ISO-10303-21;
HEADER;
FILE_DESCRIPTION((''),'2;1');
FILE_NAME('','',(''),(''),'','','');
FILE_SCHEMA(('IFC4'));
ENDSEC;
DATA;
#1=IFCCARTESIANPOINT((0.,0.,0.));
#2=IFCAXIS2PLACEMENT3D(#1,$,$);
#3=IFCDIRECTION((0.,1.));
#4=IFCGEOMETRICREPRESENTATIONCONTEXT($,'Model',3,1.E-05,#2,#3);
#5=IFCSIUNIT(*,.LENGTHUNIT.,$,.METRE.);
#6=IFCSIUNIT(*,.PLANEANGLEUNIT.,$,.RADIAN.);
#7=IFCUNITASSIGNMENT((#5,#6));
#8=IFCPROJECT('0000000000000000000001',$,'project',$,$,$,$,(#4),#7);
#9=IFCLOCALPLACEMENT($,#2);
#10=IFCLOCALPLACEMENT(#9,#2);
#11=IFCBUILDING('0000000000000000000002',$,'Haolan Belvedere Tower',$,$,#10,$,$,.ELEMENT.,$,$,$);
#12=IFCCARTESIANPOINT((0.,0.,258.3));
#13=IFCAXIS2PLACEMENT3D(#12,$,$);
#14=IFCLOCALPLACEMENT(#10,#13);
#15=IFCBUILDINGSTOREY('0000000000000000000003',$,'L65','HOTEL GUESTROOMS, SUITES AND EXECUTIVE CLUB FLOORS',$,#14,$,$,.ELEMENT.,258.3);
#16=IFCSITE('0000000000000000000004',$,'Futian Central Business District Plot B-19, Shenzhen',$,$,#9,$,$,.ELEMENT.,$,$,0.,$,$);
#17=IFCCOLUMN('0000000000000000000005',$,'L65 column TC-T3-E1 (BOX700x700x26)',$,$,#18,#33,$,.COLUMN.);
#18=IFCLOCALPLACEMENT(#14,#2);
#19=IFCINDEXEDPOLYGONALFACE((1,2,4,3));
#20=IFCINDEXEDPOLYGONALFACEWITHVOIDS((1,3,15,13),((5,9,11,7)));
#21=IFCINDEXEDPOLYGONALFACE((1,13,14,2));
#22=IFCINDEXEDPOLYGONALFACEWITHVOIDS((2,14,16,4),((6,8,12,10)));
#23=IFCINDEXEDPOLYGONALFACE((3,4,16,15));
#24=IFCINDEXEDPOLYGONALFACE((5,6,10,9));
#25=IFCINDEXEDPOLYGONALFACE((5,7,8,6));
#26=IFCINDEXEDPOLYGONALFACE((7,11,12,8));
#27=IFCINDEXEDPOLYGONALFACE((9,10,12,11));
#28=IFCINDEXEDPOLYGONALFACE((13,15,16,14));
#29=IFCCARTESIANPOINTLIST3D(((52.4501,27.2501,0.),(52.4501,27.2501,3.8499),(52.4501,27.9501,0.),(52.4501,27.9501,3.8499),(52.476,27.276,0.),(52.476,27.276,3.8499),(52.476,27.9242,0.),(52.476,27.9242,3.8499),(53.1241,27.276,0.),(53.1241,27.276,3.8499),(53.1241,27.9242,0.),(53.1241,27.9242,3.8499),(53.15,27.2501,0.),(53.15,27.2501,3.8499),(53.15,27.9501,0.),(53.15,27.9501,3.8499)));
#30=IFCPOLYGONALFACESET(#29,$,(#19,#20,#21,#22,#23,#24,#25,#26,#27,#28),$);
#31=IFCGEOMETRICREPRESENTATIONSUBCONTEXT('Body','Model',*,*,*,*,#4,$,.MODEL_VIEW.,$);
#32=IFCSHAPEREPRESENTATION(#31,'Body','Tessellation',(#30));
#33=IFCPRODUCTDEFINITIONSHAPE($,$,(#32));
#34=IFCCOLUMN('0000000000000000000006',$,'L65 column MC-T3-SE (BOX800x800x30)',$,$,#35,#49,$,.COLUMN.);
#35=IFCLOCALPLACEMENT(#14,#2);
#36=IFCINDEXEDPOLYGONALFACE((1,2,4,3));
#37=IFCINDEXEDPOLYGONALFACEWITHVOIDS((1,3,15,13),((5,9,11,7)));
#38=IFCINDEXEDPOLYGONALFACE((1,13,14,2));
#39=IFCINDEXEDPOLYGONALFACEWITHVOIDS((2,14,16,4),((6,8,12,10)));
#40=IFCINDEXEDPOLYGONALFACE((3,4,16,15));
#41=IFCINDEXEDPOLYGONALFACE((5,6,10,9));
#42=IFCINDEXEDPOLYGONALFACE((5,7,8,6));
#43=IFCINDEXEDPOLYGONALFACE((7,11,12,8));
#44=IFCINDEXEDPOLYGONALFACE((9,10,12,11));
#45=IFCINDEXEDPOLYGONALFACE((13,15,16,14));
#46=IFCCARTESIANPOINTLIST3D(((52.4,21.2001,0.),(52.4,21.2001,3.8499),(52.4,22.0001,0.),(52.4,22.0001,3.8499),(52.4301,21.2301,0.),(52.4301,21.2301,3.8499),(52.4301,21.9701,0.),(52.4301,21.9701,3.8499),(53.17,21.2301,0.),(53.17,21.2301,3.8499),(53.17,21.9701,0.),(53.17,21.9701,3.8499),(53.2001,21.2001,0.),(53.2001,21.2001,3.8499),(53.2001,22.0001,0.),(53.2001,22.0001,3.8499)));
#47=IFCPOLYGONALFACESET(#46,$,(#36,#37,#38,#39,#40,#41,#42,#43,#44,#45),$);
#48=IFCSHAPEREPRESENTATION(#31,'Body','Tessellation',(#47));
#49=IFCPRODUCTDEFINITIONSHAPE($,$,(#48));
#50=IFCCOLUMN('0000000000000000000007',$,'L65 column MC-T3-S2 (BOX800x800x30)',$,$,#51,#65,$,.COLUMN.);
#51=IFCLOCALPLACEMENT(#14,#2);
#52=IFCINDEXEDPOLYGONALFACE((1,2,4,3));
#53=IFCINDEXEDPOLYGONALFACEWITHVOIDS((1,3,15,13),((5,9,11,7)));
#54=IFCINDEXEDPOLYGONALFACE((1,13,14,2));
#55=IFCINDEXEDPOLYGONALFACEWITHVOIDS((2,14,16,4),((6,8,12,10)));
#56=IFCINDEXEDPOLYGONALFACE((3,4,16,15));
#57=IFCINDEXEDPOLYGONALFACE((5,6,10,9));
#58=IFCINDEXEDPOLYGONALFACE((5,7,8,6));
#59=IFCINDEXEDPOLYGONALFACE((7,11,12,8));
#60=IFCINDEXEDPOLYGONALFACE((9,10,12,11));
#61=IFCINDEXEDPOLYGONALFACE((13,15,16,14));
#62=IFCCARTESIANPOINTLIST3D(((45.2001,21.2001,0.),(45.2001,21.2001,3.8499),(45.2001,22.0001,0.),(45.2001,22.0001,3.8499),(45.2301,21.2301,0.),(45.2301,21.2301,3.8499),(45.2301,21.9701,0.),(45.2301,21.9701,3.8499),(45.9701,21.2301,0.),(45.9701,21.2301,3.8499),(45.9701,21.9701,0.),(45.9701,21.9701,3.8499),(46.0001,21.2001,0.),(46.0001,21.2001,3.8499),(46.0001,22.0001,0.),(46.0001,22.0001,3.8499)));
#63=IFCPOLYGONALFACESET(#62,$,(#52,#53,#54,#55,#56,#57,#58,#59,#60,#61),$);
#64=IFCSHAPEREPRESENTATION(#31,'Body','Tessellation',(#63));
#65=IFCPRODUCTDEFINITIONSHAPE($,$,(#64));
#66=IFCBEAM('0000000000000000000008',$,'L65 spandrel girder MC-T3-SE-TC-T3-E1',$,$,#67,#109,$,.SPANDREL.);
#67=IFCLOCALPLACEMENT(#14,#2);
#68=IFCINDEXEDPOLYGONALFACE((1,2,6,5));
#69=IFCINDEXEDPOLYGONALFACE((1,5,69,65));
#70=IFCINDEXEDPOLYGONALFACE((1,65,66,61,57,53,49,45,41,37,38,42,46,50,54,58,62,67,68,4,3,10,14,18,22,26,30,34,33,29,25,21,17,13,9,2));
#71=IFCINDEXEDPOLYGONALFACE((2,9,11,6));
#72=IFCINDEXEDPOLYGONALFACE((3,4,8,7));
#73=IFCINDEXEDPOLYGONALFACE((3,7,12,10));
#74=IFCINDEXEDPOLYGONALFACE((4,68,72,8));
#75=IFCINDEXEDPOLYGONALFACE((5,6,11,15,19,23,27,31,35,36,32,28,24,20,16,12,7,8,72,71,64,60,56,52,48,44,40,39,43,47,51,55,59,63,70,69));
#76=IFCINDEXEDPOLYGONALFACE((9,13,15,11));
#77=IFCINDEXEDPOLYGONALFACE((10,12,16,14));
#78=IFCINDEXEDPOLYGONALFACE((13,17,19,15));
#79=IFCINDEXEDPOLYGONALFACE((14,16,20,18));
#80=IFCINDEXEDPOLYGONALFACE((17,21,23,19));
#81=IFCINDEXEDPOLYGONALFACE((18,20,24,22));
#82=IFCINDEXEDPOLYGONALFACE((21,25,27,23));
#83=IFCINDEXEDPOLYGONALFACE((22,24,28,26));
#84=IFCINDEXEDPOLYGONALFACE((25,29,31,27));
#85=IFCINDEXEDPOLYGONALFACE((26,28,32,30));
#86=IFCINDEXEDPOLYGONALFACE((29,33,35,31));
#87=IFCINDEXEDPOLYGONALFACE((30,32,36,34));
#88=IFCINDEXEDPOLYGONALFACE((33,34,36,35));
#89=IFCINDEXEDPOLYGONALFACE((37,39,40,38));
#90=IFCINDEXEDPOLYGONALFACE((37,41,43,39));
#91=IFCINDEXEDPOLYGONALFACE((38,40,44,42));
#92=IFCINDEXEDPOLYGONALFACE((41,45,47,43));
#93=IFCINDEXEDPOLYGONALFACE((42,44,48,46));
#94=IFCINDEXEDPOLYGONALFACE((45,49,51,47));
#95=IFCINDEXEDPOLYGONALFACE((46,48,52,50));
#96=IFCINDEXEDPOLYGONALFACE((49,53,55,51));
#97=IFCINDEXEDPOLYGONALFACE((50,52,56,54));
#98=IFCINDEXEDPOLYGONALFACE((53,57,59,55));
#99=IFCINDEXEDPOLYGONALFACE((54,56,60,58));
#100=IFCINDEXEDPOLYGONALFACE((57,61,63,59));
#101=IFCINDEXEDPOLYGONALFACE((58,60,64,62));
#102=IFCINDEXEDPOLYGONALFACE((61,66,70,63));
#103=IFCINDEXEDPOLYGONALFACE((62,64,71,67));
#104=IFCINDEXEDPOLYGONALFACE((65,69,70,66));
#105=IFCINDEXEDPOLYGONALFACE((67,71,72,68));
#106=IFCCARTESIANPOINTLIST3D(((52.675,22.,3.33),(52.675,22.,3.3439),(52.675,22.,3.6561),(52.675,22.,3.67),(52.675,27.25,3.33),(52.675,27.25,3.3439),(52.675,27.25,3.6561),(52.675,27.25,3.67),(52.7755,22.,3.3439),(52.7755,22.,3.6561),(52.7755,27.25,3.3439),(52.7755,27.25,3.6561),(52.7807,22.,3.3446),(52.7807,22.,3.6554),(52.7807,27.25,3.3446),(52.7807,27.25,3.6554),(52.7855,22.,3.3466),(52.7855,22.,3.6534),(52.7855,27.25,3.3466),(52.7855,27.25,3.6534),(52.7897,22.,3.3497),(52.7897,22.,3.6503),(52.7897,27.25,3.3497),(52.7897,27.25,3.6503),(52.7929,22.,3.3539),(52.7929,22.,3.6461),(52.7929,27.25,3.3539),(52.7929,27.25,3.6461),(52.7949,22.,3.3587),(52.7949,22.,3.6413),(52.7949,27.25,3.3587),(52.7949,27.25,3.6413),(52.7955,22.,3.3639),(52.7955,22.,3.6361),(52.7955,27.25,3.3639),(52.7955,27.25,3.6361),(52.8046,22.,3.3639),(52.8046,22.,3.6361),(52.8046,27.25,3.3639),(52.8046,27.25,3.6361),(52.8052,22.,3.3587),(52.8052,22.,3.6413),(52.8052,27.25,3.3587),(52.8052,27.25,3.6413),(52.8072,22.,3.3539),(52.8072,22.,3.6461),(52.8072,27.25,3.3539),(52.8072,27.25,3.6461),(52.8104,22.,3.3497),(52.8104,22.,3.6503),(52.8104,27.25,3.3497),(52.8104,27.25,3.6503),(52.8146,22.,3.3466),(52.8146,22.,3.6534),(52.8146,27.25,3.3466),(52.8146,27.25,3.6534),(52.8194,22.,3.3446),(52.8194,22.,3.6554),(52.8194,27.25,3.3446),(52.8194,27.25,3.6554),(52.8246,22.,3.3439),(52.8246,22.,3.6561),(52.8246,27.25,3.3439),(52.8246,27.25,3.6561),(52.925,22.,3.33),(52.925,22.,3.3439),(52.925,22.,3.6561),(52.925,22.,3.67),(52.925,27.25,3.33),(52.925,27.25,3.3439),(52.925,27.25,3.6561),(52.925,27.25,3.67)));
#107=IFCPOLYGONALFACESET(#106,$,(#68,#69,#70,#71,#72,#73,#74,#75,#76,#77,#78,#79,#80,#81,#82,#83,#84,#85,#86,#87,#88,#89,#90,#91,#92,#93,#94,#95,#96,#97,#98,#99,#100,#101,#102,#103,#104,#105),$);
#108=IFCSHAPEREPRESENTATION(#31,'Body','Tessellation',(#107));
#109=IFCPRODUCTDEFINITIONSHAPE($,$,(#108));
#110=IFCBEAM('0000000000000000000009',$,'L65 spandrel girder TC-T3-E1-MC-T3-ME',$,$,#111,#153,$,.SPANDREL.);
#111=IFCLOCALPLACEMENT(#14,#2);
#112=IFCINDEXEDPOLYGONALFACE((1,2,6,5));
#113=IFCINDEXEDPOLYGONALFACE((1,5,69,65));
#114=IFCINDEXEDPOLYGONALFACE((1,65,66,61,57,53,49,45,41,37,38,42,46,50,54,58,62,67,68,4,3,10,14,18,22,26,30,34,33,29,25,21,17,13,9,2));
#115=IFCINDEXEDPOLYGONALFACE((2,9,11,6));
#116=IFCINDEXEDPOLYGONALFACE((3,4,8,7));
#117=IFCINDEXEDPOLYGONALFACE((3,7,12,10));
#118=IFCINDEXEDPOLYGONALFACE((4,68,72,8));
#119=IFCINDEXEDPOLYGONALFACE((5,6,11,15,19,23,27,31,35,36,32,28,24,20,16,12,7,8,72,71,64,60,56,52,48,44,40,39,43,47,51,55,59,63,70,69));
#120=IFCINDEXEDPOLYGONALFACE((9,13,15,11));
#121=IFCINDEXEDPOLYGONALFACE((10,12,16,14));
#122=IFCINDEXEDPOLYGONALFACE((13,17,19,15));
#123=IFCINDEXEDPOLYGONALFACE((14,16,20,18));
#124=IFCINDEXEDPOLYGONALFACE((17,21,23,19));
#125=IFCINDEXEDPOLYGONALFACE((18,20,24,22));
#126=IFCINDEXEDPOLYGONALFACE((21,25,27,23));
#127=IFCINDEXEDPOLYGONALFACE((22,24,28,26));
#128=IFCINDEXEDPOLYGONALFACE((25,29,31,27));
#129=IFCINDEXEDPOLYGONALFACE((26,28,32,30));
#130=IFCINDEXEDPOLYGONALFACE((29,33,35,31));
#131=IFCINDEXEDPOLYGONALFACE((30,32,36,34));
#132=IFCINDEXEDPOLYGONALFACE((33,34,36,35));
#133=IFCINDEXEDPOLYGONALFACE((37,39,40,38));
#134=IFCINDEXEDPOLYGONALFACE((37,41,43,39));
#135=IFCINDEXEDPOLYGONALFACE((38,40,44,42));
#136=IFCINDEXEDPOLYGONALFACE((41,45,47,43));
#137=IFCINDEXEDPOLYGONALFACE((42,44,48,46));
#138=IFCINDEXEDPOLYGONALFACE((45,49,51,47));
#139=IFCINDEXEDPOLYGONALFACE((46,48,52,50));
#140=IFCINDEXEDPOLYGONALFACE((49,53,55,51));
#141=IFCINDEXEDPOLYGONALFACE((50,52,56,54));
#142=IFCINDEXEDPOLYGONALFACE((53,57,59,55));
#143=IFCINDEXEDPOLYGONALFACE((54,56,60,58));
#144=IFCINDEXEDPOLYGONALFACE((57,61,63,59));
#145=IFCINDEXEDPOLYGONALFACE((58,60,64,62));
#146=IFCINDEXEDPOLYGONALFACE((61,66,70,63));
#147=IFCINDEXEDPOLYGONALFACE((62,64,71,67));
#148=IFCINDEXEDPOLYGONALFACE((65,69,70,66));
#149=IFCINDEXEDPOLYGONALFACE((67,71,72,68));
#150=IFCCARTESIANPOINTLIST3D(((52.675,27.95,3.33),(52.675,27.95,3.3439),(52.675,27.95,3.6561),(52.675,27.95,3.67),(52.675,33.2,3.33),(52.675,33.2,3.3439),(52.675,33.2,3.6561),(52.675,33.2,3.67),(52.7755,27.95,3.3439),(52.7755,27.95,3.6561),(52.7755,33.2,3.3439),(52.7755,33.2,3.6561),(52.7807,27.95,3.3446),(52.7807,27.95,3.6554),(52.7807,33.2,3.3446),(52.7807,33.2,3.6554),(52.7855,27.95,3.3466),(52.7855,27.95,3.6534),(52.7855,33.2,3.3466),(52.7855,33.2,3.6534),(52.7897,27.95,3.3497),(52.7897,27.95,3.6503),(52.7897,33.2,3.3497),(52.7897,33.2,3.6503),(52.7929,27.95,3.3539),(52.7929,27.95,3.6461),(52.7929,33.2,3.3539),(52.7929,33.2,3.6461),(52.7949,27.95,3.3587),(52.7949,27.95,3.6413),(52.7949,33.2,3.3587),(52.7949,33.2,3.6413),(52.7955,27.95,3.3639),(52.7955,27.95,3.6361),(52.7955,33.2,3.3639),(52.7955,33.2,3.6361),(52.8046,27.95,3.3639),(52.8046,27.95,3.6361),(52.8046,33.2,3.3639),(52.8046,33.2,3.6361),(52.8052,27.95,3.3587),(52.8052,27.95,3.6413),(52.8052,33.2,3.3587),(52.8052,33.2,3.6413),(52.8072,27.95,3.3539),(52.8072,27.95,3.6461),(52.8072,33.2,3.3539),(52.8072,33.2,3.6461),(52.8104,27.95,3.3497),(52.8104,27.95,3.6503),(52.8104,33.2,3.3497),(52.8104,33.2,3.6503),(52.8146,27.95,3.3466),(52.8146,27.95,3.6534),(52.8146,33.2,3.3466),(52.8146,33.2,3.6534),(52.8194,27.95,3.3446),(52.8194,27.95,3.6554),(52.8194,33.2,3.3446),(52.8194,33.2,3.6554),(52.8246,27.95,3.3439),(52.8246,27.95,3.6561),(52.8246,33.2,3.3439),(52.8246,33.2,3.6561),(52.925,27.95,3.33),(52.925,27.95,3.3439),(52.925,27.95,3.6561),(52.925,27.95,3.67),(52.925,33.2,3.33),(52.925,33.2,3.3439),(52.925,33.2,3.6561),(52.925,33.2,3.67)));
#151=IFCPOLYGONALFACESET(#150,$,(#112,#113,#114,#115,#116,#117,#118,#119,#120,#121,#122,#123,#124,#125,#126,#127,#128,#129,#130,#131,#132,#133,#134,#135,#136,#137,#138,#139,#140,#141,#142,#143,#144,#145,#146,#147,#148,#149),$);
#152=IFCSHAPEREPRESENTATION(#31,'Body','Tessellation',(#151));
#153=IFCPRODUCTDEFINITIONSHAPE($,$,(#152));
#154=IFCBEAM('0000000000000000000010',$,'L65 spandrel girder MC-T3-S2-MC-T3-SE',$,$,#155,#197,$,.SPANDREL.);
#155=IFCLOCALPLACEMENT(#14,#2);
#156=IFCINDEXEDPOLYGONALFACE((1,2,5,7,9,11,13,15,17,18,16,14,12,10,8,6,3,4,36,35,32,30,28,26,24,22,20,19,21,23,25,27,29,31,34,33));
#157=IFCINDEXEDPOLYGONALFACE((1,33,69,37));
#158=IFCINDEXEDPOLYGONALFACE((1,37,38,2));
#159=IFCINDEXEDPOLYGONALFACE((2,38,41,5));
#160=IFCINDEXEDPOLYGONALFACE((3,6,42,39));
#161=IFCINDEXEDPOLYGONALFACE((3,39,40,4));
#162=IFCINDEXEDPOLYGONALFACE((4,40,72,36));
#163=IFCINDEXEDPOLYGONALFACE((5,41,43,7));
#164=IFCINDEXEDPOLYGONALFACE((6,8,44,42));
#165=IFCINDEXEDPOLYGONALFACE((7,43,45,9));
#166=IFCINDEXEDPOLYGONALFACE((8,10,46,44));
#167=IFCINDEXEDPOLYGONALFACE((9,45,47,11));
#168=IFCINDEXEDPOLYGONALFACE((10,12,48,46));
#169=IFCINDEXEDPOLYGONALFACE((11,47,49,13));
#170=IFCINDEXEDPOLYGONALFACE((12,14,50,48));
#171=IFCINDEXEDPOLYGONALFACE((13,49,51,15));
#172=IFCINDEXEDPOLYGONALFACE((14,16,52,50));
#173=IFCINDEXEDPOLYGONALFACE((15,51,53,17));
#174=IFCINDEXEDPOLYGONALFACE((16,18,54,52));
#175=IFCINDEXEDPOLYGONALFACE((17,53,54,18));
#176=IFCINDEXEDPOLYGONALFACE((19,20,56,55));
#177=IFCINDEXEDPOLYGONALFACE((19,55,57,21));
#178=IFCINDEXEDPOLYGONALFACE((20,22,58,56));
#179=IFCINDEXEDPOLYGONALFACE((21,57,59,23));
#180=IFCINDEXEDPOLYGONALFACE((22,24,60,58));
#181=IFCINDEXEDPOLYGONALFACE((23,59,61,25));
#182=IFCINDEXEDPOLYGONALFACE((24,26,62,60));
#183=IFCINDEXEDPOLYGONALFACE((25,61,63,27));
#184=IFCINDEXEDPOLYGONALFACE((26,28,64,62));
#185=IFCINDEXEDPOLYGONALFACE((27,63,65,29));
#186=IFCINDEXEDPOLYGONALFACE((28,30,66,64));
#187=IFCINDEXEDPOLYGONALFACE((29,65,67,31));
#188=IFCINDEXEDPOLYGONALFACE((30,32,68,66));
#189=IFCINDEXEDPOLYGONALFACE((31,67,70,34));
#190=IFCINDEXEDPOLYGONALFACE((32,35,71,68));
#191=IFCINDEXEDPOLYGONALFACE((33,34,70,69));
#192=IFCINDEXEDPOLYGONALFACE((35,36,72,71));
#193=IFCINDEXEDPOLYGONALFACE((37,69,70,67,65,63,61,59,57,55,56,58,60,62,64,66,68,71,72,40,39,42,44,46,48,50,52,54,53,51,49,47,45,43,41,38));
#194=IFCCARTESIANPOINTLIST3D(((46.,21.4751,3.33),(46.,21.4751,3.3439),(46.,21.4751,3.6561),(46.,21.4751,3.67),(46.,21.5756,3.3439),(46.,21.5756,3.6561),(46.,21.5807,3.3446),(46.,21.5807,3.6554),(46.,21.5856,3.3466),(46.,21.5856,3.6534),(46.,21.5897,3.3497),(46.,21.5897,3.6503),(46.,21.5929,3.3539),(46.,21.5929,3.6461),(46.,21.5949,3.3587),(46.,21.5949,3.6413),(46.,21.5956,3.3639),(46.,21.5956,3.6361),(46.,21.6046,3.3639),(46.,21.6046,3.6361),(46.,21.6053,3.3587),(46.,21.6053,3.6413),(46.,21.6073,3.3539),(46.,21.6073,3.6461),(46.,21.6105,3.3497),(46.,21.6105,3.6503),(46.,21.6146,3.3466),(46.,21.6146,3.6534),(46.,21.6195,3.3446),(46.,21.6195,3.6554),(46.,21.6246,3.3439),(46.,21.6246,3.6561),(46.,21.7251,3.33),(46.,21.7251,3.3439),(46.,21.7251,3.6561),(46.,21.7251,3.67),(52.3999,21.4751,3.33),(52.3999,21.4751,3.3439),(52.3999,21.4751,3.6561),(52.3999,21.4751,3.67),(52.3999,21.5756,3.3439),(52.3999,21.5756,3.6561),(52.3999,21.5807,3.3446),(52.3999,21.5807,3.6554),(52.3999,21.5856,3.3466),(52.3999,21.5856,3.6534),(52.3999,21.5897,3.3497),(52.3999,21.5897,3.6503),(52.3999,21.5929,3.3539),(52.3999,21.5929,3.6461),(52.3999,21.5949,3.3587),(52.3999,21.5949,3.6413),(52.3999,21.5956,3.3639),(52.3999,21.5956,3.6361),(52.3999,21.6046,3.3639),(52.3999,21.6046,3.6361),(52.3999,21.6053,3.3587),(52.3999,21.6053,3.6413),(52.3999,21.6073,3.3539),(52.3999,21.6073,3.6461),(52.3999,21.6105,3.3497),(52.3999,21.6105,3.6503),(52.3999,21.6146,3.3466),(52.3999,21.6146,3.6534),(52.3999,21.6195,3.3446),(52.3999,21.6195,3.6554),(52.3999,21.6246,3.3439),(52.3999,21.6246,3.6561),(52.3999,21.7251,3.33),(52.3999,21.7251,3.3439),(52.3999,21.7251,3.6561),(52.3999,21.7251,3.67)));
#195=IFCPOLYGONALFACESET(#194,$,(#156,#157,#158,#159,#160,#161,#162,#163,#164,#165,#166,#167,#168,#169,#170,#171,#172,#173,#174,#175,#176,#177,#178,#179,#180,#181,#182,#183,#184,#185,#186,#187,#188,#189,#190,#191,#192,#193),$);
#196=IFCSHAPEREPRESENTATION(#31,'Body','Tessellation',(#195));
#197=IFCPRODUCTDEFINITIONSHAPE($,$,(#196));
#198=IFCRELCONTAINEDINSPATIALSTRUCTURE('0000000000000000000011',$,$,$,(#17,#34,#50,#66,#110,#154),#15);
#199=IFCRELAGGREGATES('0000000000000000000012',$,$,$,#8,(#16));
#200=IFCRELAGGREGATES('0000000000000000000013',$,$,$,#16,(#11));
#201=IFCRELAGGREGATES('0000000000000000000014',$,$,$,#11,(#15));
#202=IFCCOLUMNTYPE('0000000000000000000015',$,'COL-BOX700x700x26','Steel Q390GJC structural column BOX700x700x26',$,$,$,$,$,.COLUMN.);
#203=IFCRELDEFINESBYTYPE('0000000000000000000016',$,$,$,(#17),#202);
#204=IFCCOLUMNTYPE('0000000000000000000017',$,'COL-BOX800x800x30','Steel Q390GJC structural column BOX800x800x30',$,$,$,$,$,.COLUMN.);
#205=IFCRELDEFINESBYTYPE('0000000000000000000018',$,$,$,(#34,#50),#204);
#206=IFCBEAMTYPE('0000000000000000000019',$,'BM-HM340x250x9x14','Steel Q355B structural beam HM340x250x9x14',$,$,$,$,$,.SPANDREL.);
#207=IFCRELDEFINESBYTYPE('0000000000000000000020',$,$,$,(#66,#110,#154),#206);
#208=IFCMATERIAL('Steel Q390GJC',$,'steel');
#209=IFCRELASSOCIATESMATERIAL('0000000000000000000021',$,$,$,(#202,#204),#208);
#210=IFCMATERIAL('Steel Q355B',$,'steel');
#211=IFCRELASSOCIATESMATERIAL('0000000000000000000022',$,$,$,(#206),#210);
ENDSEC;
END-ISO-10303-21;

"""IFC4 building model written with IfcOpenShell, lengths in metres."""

from ifc_helpers import new_model, si_unit, direction, frame, origin, origin_2d, place, context, subcontext, project, spatial, hollow_rectangle, i_section, extrude, material, material_profile, profile_set, type_object, element, save


model = new_model("IFC4")

# Units and contexts
model_context = context("Model", 3, precision=1e-05, world=origin(), true_north=direction((0.0, 1.0)))
body_context = subcontext(model_context, "Body", "Model", "MODEL_VIEW")
ifc_project = project(units=[si_unit("LENGTHUNIT", "METRE"), si_unit("PLANEANGLEUNIT", "RADIAN")], contexts=[model_context])

# Site, building, storey
site_placement = place(None, origin())
site = spatial("IfcSite", under=ifc_project, at=site_placement, Name="Futian Central Business District Plot B-19, Shenzhen", CompositionType="ELEMENT", RefElevation=0.0)
building_placement = place(site_placement, origin())
building = spatial("IfcBuilding", under=site, at=building_placement, Name="Haolan Belvedere Tower", CompositionType="ELEMENT")
storey_placement = place(building_placement, frame((0.0, 0.0, 258.3)))
storey = spatial("IfcBuildingStorey", under=building, at=storey_placement, Name="L65", Description="HOTEL GUESTROOMS, SUITES AND EXECUTIVE CLUB FLOORS", CompositionType="ELEMENT", Elevation=258.3)

# Columns
ifc_material_1 = material(Name="Steel Q390GJC", Category="steel")
ifc_material_profile_1 = material_profile(ifc_material_1, hollow_rectangle(XDim=0.7, YDim=0.7, WallThickness=0.0259, at=origin_2d()), Name="Steel Q390GJC")
ifc_profile_set_1 = profile_set([ifc_material_profile_1], Name="Steel Q390GJC")
column_type_1 = type_object("IfcColumnType", Name="COL-BOX700x700x26", Description="Steel Q390GJC structural column BOX700x700x26", PredefinedType="COLUMN", material=ifc_profile_set_1)
column_placement = place(storey_placement, frame((52.8, 27.6001, 0.0), z_axis=(0.0, 0.0, 1.0), x_axis=(1.0, 0.0, 0.0)))
element("IfcColumn", 1, at=column_placement, inside=storey, type_object=column_type_1, Name="L65 column TC-T3-E1 (BOX700x700x26)", PredefinedType="COLUMN", context=body_context, shape_type="SweptSolid", body=[
    extrude(hollow_rectangle(XDim=0.7, YDim=0.7, WallThickness=0.0259, at=origin_2d()), origin(), (0.0, 0.0, 1.0), 3.8499),
])
ifc_material_profile_2 = material_profile(ifc_material_1, hollow_rectangle(XDim=0.8, YDim=0.8, WallThickness=0.03, at=origin_2d()), Name="Steel Q390GJC")
ifc_profile_set_2 = profile_set([ifc_material_profile_2], Name="Steel Q390GJC")
column_type_2 = type_object("IfcColumnType", Name="COL-BOX800x800x30", Description="Steel Q390GJC structural column BOX800x800x30", PredefinedType="COLUMN", material=ifc_profile_set_2)
for number, where, z_axis, x_axis, name in (
    (2, (52.8, 21.6001, 0.0), (0.0, 0.0, 1.0), (1.0, 0.0, 0.0), "L65 column MC-T3-SE (BOX800x800x30)"),
    (3, (45.6001, 21.6001, 0.0), (0.0, 0.0, 1.0), (1.0, 0.0, 0.0), "L65 column MC-T3-S2 (BOX800x800x30)"),
):
    element("IfcColumn", number, at=place(storey_placement, frame(where, z_axis=z_axis, x_axis=x_axis)), inside=storey, type_object=column_type_2, Name=name, PredefinedType="COLUMN", context=body_context, shape_type="SweptSolid", body=[
        extrude(hollow_rectangle(XDim=0.8, YDim=0.8, WallThickness=0.03, at=origin_2d()), origin(), (0.0, 0.0, 1.0), 3.8499),
    ])

# Beams
ifc_material_2 = material(Name="Steel Q355B", Category="steel")
ifc_material_profile_3 = material_profile(ifc_material_2, i_section(OverallWidth=0.25, OverallDepth=0.3401, WebThickness=0.009, FlangeThickness=0.0139, FilletRadius=0.02, at=origin_2d()), Name="Steel Q355B")
ifc_profile_set_3 = profile_set([ifc_material_profile_3], Name="Steel Q355B")
beam_type_1 = type_object("IfcBeamType", Name="BM-HM340x250x9x14", Description="Steel Q355B structural beam HM340x250x9x14", PredefinedType="SPANDREL", material=ifc_profile_set_3)
for number, where, z_axis, x_axis, name in (
    (4, (52.8, 22.0, 3.5), (0.0, 1.0, 0.0), (-1.0, 0.0, 0.0), "L65 spandrel girder MC-T3-SE-TC-T3-E1"),
    (5, (52.8, 27.95, 3.5), (0.0, 1.0, 0.0), (-1.0, 0.0, 0.0), "L65 spandrel girder TC-T3-E1-MC-T3-ME"),
):
    element("IfcBeam", number, at=place(storey_placement, frame(where, z_axis=z_axis, x_axis=x_axis)), inside=storey, type_object=beam_type_1, Name=name, PredefinedType="SPANDREL", context=body_context, shape_type="SweptSolid", body=[
        extrude(i_section(OverallWidth=0.25, OverallDepth=0.3401, WebThickness=0.009, FlangeThickness=0.0139, FilletRadius=0.02, at=origin_2d()), origin(), (0.0, 0.0, 1.0), 5.25),
    ])
beam_1_placement = place(storey_placement, frame((46.0, 21.6001, 3.5), z_axis=(1.0, 0.0, 0.0), x_axis=(0.0, 1.0, 0.0)))
element("IfcBeam", 6, at=beam_1_placement, inside=storey, type_object=beam_type_1, Name="L65 spandrel girder MC-T3-S2-MC-T3-SE", PredefinedType="SPANDREL", context=body_context, shape_type="SweptSolid", body=[
    extrude(i_section(OverallWidth=0.25, OverallDepth=0.3401, WebThickness=0.009, FlangeThickness=0.0139, FilletRadius=0.02, at=origin_2d()), origin(), (0.0, 0.0, 1.0), 6.3999),
])

save(model, "model.ifc")
